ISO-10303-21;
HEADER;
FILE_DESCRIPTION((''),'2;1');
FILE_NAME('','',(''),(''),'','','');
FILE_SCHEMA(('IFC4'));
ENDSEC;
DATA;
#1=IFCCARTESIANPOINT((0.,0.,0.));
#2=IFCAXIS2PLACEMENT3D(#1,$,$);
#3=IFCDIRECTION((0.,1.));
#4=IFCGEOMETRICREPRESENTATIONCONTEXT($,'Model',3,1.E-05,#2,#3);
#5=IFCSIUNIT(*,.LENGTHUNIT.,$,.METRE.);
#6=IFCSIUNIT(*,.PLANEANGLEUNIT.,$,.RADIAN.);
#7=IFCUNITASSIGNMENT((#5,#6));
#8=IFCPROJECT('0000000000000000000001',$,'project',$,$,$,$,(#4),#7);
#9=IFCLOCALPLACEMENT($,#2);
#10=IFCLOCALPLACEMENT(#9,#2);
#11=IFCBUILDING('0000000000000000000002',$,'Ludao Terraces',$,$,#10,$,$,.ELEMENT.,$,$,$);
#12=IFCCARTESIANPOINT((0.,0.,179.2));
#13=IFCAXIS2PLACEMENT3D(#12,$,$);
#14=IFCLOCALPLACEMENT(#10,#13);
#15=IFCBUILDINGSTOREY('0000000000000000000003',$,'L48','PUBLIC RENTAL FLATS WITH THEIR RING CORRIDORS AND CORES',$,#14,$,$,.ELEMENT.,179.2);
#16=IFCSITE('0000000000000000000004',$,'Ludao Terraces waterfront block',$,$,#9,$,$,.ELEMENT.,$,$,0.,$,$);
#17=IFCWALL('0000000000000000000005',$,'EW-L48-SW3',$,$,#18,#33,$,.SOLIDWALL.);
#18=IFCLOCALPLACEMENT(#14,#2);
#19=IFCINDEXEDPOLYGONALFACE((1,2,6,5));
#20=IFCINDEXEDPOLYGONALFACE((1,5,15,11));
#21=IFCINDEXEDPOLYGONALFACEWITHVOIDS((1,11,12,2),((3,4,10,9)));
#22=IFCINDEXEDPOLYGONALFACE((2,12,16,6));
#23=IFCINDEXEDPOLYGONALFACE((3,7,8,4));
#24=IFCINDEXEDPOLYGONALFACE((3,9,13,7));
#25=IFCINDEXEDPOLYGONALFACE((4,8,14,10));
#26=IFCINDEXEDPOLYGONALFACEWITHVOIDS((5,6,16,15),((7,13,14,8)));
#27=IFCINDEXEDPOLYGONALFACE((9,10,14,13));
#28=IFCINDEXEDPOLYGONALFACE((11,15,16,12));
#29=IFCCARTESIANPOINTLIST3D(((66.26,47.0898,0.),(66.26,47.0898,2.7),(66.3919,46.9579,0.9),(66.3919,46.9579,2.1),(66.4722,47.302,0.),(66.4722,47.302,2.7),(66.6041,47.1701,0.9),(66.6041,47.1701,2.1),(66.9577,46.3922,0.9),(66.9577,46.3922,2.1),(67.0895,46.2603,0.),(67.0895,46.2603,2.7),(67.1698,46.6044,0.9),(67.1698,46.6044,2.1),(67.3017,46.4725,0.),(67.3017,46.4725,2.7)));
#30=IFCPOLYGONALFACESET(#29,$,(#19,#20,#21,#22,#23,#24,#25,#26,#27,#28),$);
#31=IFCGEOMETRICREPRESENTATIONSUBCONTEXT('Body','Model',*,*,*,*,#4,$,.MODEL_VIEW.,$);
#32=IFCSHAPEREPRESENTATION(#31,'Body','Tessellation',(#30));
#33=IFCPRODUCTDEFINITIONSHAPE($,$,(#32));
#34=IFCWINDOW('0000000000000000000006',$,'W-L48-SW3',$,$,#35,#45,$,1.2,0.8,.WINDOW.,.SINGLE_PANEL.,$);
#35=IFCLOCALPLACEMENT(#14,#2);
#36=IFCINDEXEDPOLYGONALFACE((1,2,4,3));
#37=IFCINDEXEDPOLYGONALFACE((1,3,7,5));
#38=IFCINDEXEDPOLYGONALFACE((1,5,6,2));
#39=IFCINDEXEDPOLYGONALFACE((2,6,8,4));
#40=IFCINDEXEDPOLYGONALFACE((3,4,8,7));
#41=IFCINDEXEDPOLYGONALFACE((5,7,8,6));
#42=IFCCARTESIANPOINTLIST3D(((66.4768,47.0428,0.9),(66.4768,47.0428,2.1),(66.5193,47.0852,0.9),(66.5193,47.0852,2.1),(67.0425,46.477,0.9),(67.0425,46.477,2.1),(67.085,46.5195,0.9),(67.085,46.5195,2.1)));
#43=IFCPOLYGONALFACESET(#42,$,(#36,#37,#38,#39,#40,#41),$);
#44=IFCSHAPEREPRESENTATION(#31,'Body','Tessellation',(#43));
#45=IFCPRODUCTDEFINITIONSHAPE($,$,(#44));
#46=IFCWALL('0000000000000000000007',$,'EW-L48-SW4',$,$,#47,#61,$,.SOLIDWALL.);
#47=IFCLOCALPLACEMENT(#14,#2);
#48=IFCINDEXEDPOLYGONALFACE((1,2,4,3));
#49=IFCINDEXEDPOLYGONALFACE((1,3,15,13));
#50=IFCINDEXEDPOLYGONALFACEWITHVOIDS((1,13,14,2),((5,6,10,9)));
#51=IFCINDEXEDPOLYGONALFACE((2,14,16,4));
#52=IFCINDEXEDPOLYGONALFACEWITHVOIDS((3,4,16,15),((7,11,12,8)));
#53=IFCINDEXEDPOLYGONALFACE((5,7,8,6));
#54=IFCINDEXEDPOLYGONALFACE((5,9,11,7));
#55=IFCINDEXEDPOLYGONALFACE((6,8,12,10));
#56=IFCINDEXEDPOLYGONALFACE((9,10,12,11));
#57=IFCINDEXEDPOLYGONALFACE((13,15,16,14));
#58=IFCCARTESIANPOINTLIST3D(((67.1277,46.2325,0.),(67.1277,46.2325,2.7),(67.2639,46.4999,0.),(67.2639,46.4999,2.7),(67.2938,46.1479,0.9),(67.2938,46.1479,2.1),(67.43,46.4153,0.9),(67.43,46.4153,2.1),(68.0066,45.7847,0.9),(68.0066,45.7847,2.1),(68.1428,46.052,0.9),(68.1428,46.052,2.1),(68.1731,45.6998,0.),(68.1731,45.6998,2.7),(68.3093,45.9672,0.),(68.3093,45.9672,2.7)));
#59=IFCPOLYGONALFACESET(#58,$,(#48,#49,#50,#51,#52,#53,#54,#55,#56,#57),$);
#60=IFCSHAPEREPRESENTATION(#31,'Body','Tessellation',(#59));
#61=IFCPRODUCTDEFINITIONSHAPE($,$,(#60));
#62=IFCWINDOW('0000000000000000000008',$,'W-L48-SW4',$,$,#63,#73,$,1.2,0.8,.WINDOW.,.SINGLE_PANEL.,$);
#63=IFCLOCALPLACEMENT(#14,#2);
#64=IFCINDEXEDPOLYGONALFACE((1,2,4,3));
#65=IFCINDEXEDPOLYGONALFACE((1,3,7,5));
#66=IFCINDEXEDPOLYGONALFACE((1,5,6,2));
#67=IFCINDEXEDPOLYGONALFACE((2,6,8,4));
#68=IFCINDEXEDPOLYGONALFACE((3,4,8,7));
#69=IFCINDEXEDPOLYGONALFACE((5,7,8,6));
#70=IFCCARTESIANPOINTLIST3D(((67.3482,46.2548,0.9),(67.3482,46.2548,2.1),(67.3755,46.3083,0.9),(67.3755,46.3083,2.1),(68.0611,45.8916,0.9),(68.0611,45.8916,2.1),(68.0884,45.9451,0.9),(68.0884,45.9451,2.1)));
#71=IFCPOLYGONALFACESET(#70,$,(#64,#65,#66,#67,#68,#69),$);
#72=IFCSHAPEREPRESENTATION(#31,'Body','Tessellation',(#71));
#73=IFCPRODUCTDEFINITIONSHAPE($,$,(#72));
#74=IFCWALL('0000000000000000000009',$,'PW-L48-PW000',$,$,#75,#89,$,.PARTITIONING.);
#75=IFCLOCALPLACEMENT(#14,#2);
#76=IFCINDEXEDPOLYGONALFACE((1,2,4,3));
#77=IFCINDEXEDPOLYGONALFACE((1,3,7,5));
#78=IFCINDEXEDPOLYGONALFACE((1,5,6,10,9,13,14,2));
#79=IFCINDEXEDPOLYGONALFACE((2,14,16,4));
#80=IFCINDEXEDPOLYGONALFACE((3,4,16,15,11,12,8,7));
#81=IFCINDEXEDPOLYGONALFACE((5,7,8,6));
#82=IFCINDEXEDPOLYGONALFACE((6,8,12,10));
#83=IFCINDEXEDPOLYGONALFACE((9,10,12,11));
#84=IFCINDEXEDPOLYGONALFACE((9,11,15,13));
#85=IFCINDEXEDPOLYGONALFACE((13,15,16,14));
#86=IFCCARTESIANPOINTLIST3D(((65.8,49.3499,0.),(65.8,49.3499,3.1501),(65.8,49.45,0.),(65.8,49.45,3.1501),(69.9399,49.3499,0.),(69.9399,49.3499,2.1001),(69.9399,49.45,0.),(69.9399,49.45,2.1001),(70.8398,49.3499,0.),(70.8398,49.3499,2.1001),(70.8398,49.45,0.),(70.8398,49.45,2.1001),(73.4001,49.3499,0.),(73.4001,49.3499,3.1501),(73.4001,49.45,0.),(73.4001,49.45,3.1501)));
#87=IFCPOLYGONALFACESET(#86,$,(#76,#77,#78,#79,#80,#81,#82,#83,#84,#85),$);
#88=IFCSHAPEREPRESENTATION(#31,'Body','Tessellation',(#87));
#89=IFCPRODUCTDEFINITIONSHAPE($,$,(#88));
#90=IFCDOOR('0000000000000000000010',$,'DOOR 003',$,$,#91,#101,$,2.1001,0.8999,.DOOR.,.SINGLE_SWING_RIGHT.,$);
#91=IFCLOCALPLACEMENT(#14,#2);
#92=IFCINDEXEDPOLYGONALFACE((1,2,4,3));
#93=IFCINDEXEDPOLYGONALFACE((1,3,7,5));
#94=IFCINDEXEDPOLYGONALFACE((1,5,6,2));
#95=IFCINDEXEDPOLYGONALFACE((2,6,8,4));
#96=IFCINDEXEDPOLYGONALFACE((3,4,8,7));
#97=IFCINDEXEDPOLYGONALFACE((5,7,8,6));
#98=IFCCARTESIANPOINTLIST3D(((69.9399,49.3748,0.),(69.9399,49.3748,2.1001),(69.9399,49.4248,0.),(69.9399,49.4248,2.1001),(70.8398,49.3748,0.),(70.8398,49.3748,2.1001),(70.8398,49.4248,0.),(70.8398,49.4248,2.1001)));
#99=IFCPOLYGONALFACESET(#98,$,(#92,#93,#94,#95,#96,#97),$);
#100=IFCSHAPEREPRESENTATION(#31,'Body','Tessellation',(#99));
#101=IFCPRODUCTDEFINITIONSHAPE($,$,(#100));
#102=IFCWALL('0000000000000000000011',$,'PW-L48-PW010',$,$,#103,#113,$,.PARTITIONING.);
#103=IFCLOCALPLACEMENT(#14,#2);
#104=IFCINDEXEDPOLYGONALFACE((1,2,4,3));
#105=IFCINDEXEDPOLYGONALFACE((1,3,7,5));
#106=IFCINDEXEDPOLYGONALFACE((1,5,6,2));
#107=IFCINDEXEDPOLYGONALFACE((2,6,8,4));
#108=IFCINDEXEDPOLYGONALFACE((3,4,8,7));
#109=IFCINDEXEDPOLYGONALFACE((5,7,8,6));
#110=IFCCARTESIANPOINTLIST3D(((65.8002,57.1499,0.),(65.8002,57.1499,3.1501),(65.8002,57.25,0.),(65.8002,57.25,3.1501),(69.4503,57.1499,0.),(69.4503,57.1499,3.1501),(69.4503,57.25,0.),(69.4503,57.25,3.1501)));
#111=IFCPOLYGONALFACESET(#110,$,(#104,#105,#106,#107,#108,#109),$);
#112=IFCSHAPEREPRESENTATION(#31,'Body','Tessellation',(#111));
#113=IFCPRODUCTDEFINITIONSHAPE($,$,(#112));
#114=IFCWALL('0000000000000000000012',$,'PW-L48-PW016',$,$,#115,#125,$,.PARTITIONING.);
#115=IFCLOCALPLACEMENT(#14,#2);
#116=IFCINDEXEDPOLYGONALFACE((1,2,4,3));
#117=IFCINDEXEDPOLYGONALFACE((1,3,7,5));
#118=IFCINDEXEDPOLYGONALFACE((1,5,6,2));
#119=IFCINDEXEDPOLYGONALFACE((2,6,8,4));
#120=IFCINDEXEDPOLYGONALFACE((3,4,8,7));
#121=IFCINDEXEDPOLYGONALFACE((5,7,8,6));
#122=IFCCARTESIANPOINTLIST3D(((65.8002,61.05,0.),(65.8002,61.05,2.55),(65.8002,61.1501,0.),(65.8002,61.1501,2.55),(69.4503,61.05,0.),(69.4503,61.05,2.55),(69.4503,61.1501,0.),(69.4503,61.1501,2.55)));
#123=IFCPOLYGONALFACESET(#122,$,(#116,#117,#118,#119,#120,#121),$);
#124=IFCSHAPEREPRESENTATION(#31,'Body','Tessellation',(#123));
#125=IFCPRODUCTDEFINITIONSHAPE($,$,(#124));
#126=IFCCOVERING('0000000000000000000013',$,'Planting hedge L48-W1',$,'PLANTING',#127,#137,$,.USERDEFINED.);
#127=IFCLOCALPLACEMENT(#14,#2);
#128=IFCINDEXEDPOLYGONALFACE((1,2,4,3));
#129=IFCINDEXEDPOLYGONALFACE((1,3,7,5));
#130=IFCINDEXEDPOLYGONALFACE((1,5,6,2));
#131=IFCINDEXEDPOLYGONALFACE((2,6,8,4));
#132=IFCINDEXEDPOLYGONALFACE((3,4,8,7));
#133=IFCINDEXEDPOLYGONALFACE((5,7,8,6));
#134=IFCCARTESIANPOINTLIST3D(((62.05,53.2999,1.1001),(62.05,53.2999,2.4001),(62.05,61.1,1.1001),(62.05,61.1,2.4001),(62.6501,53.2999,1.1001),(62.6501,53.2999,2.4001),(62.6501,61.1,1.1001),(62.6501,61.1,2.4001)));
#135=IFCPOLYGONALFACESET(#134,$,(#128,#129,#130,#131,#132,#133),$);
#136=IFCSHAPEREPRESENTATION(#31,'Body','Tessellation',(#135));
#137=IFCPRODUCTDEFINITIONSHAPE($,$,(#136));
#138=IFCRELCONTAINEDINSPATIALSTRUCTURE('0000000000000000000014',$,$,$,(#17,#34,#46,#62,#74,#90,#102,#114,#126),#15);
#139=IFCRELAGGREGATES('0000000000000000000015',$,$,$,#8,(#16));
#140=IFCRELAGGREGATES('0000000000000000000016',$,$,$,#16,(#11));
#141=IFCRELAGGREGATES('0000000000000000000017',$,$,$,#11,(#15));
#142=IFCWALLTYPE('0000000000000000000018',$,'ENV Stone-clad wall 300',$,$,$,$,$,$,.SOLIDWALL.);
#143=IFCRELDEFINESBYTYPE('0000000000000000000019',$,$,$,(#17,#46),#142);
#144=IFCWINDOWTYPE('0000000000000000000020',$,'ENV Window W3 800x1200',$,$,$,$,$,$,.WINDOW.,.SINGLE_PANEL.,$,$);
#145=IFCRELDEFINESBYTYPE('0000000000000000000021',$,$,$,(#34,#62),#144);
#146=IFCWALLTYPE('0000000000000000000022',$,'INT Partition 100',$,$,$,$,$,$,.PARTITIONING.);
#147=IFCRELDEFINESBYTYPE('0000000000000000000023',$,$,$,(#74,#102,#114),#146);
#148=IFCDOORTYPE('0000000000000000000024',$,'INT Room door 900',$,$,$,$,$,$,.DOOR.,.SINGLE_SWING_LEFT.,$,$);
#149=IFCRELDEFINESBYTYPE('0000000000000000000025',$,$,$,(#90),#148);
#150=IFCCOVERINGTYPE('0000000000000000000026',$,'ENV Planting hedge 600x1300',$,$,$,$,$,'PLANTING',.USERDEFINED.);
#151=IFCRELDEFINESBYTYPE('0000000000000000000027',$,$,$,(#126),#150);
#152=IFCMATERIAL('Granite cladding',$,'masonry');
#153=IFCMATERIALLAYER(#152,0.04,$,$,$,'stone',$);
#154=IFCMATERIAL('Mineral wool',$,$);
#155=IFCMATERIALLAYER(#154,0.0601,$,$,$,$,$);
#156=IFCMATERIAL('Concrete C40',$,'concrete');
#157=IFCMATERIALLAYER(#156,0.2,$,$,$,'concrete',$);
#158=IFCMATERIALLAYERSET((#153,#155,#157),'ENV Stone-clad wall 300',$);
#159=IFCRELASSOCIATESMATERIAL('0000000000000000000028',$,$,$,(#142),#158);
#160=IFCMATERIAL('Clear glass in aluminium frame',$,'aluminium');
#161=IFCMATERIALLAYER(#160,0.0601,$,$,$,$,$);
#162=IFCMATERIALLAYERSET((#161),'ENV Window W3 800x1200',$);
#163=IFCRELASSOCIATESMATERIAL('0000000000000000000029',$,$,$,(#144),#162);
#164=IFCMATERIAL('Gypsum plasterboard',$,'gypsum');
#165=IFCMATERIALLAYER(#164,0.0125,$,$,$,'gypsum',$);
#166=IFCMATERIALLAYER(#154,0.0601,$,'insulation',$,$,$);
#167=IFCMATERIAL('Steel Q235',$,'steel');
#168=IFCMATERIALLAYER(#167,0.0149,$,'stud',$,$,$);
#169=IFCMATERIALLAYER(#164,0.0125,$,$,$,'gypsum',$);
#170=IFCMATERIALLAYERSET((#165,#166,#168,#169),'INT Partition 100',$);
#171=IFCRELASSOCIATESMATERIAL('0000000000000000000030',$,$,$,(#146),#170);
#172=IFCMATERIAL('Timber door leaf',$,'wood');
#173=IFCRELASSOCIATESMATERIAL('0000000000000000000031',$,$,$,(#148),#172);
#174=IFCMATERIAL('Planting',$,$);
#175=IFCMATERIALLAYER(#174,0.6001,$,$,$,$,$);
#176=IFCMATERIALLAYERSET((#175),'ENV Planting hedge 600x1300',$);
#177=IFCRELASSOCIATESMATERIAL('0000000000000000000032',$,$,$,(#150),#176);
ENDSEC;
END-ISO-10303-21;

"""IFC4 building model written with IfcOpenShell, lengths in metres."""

from ifc_helpers import new_model, si_unit, direction, frame, frame_2d, origin, origin_2d, place, context, subcontext, project, spatial, rectangle, extrude, material, layer, layer_set, type_object, element, fill, save


model = new_model("IFC4")

# Units and contexts
model_context = context("Model", 3, precision=1e-05, world=origin(), true_north=direction((0.0, 1.0)))
body_context = subcontext(model_context, "Body", "Model", "MODEL_VIEW")
ifc_project = project(units=[si_unit("LENGTHUNIT", "METRE"), si_unit("PLANEANGLEUNIT", "RADIAN")], contexts=[model_context])

# Site, building, storey
site_placement = place(None, origin())
site = spatial("IfcSite", under=ifc_project, at=site_placement, Name="Ludao Terraces waterfront block", CompositionType="ELEMENT", RefElevation=0.0)
building_placement = place(site_placement, origin())
building = spatial("IfcBuilding", under=site, at=building_placement, Name="Ludao Terraces", CompositionType="ELEMENT")
storey_placement = place(building_placement, frame((0.0, 0.0, 179.2)))
storey = spatial("IfcBuildingStorey", under=building, at=storey_placement, Name="L48", Description="PUBLIC RENTAL FLATS WITH THEIR RING CORRIDORS AND CORES", CompositionType="ELEMENT", Elevation=179.2)

# Shared definitions
ifc_material_1 = material(Name="Concrete C40", Category="concrete")

# Shared definitions
ifc_material_2 = material(Name="Granite cladding", Category="masonry")
ifc_layer_1 = layer(ifc_material_2, 0.04, Category="stone")
ifc_material_3 = material(Name="Mineral wool")
ifc_layer_2 = layer(ifc_material_3, 0.0601)
ifc_layer_3 = layer(ifc_material_1, 0.2, Category="concrete")
ifc_layer_set_1 = layer_set([ifc_layer_1, ifc_layer_2, ifc_layer_3], Name="ENV Stone-clad wall 300")
wall_type_1 = type_object("IfcWallType", Name="ENV Stone-clad wall 300", PredefinedType="SOLIDWALL", material=ifc_layer_set_1)
ifc_material_4 = material(Name="Clear glass in aluminium frame", Category="aluminium")

# Walls, openings, windows
ifc_layer_4 = layer(ifc_material_4, 0.0601)
ifc_layer_set_2 = layer_set([ifc_layer_4], Name="ENV Window W3 800x1200")
window_type_1 = type_object("IfcWindowType", Name="ENV Window W3 800x1200", PartitioningType="SINGLE_PANEL", PredefinedType="WINDOW", material=ifc_layer_set_2)
wall_1_placement = place(storey_placement, frame((66.3662, 47.1958, 0.0), z_axis=(0.0, 0.0, 1.0), x_axis=(0.707107, -0.707107, 0.0)))
wall_1 = element("IfcWall", 1, at=wall_1_placement, inside=storey, type_object=wall_type_1, Name="EW-L48-SW3", PredefinedType="SOLIDWALL", context=body_context, shape_type="SweptSolid", body=[
    extrude(rectangle(XDim=1.1731, YDim=0.3, at=frame_2d((0.5864, 0.0))), origin(), (0.0, 0.0, 1.0), 2.7),
])
opening_1_placement = place(wall_1_placement, frame((0.1865, 0.0, 0.8999)))
opening_1 = element("IfcOpeningElement", 2, at=opening_1_placement, cuts=wall_1, PredefinedType="OPENING", context=body_context, shape_type="SweptSolid", body=[
    extrude(rectangle(XDim=0.8, YDim=1.2, at=frame_2d((0.3999, 0.6001))), frame((0.0, 0.1602, 0.0), z_axis=(0.0, -1.0, 0.0), x_axis=(1.0, 0.0, 0.0)), (0.0, 0.0, 1.0), 0.3201),
])
window_1_placement = place(opening_1_placement, origin())
window_1 = element("IfcWindow", 3, at=window_1_placement, inside=storey, type_object=window_type_1, Name="W-L48-SW3", OverallHeight=1.2, OverallWidth=0.8, PartitioningType="SINGLE_PANEL", PredefinedType="WINDOW", context=body_context, shape_type="SweptSolid", body=[
    extrude(rectangle(XDim=0.8, YDim=1.2, at=frame_2d((0.3999, 0.6001))), frame((0.0, 0.03, 0.0), z_axis=(0.0, -1.0, 0.0), x_axis=(1.0, 0.0, 0.0)), (0.0, 0.0, 1.0), 0.0601),
])
fill(opening_1, window_1)
wall_2_placement = place(storey_placement, frame((67.1958, 46.3662, 0.0), z_axis=(0.0, 0.0, 1.0), x_axis=(0.890989, -0.454026, 0.0)))
wall_2 = element("IfcWall", 4, at=wall_2_placement, inside=storey, type_object=wall_type_1, Name="EW-L48-SW4", PredefinedType="SOLIDWALL", context=body_context, shape_type="SweptSolid", body=[
    extrude(rectangle(XDim=1.1733, YDim=0.3, at=frame_2d((0.5867, 0.0))), origin(), (0.0, 0.0, 1.0), 2.7),
])
opening_2_placement = place(wall_2_placement, frame((0.1865, 0.0, 0.8999)))
opening_2 = element("IfcOpeningElement", 5, at=opening_2_placement, cuts=wall_2, PredefinedType="OPENING", context=body_context, shape_type="SweptSolid", body=[
    extrude(rectangle(XDim=0.8, YDim=1.2, at=frame_2d((0.3999, 0.6001))), frame((0.0, 0.1602, 0.0), z_axis=(0.0, -1.0, 0.0), x_axis=(1.0, 0.0, 0.0)), (0.0, 0.0, 1.0), 0.3201),
])
window_2_placement = place(opening_2_placement, origin())
window_2 = element("IfcWindow", 6, at=window_2_placement, inside=storey, type_object=window_type_1, Name="W-L48-SW4", OverallHeight=1.2, OverallWidth=0.8, PartitioningType="SINGLE_PANEL", PredefinedType="WINDOW", context=body_context, shape_type="SweptSolid", body=[
    extrude(rectangle(XDim=0.8, YDim=1.2, at=frame_2d((0.3999, 0.6001))), frame((0.0, 0.03, 0.0), z_axis=(0.0, -1.0, 0.0), x_axis=(1.0, 0.0, 0.0)), (0.0, 0.0, 1.0), 0.0601),
])
fill(opening_2, window_2)

# Wall, opening, door
ifc_material_5 = material(Name="Gypsum plasterboard", Category="gypsum")
ifc_layer_5 = layer(ifc_material_5, 0.0125, Category="gypsum")
ifc_layer_6 = layer(ifc_material_3, 0.0601, Name="insulation")
ifc_material_6 = material(Name="Steel Q235", Category="steel")
ifc_layer_7 = layer(ifc_material_6, 0.0149, Name="stud")
ifc_layer_8 = layer(ifc_material_5, 0.0125, Category="gypsum")
ifc_layer_set_3 = layer_set([ifc_layer_5, ifc_layer_6, ifc_layer_7, ifc_layer_8], Name="INT Partition 100")
wall_type_2 = type_object("IfcWallType", Name="INT Partition 100", PredefinedType="PARTITIONING", material=ifc_layer_set_3)
wall_3_placement = place(storey_placement, frame((65.8, 49.3999, 0.0), z_axis=(0.0, 0.0, 1.0), x_axis=(1.0, 0.0, 0.0)))
wall_3 = element("IfcWall", 7, at=wall_3_placement, inside=storey, type_object=wall_type_2, Name="PW-L48-PW000", PredefinedType="PARTITIONING", context=body_context, shape_type="SweptSolid", body=[
    extrude(rectangle(XDim=7.6001, YDim=0.1001, at=frame_2d((3.8, 0.0))), origin(), (0.0, 0.0, 1.0), 3.1501),
])
opening_3_placement = place(wall_3_placement, frame((4.1399, 0.0, 0.0)))
opening_3 = element("IfcOpeningElement", 8, at=opening_3_placement, cuts=wall_3, PredefinedType="OPENING", context=body_context, shape_type="SweptSolid", body=[
    extrude(rectangle(XDim=0.8999, YDim=2.1001, at=frame_2d((0.45, 1.05))), frame((0.0, 0.0601, 0.0), z_axis=(0.0, -1.0, 0.0), x_axis=(1.0, 0.0, 0.0)), (0.0, 0.0, 1.0), 0.1201),
])
ifc_material_7 = material(Name="Timber door leaf", Category="wood")
door_type_1 = type_object("IfcDoorType", Name="INT Room door 900", OperationType="SINGLE_SWING_LEFT", PredefinedType="DOOR", material=ifc_material_7)
door_1_placement = place(opening_3_placement, origin())
door_1 = element("IfcDoor", 9, at=door_1_placement, inside=storey, type_object=door_type_1, Name="DOOR 003", OperationType="SINGLE_SWING_RIGHT", OverallHeight=2.1001, OverallWidth=0.8999, PredefinedType="DOOR", context=body_context, shape_type="SweptSolid", body=[
    extrude(rectangle(XDim=0.8999, YDim=2.1001, at=frame_2d((0.45, 1.05))), frame((0.0, 0.0249, 0.0), z_axis=(0.0, -1.0, 0.0), x_axis=(1.0, 0.0, 0.0)), (0.0, 0.0, 1.0), 0.05),
])
fill(opening_3, door_1)

# Walls
wall_4_placement = place(storey_placement, frame((65.8, 57.2, 0.0), z_axis=(0.0, 0.0, 1.0), x_axis=(1.0, 0.0, 0.0)))
element("IfcWall", 10, at=wall_4_placement, inside=storey, type_object=wall_type_2, Name="PW-L48-PW010", PredefinedType="PARTITIONING", context=body_context, shape_type="SweptSolid", body=[
    extrude(rectangle(XDim=3.6501, YDim=0.1001, at=frame_2d((1.8252, 0.0))), origin(), (0.0, 0.0, 1.0), 3.1501),
])
wall_5_placement = place(storey_placement, frame((65.8, 61.1001, 0.0), z_axis=(0.0, 0.0, 1.0), x_axis=(1.0, 0.0, 0.0)))
element("IfcWall", 11, at=wall_5_placement, inside=storey, type_object=wall_type_2, Name="PW-L48-PW016", PredefinedType="PARTITIONING", context=body_context, shape_type="SweptSolid", body=[
    extrude(rectangle(XDim=3.6501, YDim=0.1001, at=frame_2d((1.8252, 0.0))), origin(), (0.0, 0.0, 1.0), 2.55),
])

# Covering
ifc_material_8 = material(Name="Planting")
ifc_layer_9 = layer(ifc_material_8, 0.6001)
ifc_layer_set_4 = layer_set([ifc_layer_9], Name="ENV Planting hedge 600x1300")
covering_type = type_object("IfcCoveringType", Name="ENV Planting hedge 600x1300", ElementType="PLANTING", PredefinedType="USERDEFINED", material=ifc_layer_set_4)
covering_placement = place(storey_placement, frame((62.3501, 57.2, 1.1001), z_axis=(0.0, 0.0, 1.0), x_axis=(1.0, 0.0, 0.0)))
element("IfcCovering", 12, at=covering_placement, inside=storey, type_object=covering_type, Name="Planting hedge L48-W1", ObjectType="PLANTING", PredefinedType="USERDEFINED", context=body_context, shape_type="SweptSolid", body=[
    extrude(rectangle(XDim=0.6001, YDim=7.8, at=origin_2d()), origin(), (0.0, 0.0, 1.0), 1.3),
])

save(model, "model.ifc")
